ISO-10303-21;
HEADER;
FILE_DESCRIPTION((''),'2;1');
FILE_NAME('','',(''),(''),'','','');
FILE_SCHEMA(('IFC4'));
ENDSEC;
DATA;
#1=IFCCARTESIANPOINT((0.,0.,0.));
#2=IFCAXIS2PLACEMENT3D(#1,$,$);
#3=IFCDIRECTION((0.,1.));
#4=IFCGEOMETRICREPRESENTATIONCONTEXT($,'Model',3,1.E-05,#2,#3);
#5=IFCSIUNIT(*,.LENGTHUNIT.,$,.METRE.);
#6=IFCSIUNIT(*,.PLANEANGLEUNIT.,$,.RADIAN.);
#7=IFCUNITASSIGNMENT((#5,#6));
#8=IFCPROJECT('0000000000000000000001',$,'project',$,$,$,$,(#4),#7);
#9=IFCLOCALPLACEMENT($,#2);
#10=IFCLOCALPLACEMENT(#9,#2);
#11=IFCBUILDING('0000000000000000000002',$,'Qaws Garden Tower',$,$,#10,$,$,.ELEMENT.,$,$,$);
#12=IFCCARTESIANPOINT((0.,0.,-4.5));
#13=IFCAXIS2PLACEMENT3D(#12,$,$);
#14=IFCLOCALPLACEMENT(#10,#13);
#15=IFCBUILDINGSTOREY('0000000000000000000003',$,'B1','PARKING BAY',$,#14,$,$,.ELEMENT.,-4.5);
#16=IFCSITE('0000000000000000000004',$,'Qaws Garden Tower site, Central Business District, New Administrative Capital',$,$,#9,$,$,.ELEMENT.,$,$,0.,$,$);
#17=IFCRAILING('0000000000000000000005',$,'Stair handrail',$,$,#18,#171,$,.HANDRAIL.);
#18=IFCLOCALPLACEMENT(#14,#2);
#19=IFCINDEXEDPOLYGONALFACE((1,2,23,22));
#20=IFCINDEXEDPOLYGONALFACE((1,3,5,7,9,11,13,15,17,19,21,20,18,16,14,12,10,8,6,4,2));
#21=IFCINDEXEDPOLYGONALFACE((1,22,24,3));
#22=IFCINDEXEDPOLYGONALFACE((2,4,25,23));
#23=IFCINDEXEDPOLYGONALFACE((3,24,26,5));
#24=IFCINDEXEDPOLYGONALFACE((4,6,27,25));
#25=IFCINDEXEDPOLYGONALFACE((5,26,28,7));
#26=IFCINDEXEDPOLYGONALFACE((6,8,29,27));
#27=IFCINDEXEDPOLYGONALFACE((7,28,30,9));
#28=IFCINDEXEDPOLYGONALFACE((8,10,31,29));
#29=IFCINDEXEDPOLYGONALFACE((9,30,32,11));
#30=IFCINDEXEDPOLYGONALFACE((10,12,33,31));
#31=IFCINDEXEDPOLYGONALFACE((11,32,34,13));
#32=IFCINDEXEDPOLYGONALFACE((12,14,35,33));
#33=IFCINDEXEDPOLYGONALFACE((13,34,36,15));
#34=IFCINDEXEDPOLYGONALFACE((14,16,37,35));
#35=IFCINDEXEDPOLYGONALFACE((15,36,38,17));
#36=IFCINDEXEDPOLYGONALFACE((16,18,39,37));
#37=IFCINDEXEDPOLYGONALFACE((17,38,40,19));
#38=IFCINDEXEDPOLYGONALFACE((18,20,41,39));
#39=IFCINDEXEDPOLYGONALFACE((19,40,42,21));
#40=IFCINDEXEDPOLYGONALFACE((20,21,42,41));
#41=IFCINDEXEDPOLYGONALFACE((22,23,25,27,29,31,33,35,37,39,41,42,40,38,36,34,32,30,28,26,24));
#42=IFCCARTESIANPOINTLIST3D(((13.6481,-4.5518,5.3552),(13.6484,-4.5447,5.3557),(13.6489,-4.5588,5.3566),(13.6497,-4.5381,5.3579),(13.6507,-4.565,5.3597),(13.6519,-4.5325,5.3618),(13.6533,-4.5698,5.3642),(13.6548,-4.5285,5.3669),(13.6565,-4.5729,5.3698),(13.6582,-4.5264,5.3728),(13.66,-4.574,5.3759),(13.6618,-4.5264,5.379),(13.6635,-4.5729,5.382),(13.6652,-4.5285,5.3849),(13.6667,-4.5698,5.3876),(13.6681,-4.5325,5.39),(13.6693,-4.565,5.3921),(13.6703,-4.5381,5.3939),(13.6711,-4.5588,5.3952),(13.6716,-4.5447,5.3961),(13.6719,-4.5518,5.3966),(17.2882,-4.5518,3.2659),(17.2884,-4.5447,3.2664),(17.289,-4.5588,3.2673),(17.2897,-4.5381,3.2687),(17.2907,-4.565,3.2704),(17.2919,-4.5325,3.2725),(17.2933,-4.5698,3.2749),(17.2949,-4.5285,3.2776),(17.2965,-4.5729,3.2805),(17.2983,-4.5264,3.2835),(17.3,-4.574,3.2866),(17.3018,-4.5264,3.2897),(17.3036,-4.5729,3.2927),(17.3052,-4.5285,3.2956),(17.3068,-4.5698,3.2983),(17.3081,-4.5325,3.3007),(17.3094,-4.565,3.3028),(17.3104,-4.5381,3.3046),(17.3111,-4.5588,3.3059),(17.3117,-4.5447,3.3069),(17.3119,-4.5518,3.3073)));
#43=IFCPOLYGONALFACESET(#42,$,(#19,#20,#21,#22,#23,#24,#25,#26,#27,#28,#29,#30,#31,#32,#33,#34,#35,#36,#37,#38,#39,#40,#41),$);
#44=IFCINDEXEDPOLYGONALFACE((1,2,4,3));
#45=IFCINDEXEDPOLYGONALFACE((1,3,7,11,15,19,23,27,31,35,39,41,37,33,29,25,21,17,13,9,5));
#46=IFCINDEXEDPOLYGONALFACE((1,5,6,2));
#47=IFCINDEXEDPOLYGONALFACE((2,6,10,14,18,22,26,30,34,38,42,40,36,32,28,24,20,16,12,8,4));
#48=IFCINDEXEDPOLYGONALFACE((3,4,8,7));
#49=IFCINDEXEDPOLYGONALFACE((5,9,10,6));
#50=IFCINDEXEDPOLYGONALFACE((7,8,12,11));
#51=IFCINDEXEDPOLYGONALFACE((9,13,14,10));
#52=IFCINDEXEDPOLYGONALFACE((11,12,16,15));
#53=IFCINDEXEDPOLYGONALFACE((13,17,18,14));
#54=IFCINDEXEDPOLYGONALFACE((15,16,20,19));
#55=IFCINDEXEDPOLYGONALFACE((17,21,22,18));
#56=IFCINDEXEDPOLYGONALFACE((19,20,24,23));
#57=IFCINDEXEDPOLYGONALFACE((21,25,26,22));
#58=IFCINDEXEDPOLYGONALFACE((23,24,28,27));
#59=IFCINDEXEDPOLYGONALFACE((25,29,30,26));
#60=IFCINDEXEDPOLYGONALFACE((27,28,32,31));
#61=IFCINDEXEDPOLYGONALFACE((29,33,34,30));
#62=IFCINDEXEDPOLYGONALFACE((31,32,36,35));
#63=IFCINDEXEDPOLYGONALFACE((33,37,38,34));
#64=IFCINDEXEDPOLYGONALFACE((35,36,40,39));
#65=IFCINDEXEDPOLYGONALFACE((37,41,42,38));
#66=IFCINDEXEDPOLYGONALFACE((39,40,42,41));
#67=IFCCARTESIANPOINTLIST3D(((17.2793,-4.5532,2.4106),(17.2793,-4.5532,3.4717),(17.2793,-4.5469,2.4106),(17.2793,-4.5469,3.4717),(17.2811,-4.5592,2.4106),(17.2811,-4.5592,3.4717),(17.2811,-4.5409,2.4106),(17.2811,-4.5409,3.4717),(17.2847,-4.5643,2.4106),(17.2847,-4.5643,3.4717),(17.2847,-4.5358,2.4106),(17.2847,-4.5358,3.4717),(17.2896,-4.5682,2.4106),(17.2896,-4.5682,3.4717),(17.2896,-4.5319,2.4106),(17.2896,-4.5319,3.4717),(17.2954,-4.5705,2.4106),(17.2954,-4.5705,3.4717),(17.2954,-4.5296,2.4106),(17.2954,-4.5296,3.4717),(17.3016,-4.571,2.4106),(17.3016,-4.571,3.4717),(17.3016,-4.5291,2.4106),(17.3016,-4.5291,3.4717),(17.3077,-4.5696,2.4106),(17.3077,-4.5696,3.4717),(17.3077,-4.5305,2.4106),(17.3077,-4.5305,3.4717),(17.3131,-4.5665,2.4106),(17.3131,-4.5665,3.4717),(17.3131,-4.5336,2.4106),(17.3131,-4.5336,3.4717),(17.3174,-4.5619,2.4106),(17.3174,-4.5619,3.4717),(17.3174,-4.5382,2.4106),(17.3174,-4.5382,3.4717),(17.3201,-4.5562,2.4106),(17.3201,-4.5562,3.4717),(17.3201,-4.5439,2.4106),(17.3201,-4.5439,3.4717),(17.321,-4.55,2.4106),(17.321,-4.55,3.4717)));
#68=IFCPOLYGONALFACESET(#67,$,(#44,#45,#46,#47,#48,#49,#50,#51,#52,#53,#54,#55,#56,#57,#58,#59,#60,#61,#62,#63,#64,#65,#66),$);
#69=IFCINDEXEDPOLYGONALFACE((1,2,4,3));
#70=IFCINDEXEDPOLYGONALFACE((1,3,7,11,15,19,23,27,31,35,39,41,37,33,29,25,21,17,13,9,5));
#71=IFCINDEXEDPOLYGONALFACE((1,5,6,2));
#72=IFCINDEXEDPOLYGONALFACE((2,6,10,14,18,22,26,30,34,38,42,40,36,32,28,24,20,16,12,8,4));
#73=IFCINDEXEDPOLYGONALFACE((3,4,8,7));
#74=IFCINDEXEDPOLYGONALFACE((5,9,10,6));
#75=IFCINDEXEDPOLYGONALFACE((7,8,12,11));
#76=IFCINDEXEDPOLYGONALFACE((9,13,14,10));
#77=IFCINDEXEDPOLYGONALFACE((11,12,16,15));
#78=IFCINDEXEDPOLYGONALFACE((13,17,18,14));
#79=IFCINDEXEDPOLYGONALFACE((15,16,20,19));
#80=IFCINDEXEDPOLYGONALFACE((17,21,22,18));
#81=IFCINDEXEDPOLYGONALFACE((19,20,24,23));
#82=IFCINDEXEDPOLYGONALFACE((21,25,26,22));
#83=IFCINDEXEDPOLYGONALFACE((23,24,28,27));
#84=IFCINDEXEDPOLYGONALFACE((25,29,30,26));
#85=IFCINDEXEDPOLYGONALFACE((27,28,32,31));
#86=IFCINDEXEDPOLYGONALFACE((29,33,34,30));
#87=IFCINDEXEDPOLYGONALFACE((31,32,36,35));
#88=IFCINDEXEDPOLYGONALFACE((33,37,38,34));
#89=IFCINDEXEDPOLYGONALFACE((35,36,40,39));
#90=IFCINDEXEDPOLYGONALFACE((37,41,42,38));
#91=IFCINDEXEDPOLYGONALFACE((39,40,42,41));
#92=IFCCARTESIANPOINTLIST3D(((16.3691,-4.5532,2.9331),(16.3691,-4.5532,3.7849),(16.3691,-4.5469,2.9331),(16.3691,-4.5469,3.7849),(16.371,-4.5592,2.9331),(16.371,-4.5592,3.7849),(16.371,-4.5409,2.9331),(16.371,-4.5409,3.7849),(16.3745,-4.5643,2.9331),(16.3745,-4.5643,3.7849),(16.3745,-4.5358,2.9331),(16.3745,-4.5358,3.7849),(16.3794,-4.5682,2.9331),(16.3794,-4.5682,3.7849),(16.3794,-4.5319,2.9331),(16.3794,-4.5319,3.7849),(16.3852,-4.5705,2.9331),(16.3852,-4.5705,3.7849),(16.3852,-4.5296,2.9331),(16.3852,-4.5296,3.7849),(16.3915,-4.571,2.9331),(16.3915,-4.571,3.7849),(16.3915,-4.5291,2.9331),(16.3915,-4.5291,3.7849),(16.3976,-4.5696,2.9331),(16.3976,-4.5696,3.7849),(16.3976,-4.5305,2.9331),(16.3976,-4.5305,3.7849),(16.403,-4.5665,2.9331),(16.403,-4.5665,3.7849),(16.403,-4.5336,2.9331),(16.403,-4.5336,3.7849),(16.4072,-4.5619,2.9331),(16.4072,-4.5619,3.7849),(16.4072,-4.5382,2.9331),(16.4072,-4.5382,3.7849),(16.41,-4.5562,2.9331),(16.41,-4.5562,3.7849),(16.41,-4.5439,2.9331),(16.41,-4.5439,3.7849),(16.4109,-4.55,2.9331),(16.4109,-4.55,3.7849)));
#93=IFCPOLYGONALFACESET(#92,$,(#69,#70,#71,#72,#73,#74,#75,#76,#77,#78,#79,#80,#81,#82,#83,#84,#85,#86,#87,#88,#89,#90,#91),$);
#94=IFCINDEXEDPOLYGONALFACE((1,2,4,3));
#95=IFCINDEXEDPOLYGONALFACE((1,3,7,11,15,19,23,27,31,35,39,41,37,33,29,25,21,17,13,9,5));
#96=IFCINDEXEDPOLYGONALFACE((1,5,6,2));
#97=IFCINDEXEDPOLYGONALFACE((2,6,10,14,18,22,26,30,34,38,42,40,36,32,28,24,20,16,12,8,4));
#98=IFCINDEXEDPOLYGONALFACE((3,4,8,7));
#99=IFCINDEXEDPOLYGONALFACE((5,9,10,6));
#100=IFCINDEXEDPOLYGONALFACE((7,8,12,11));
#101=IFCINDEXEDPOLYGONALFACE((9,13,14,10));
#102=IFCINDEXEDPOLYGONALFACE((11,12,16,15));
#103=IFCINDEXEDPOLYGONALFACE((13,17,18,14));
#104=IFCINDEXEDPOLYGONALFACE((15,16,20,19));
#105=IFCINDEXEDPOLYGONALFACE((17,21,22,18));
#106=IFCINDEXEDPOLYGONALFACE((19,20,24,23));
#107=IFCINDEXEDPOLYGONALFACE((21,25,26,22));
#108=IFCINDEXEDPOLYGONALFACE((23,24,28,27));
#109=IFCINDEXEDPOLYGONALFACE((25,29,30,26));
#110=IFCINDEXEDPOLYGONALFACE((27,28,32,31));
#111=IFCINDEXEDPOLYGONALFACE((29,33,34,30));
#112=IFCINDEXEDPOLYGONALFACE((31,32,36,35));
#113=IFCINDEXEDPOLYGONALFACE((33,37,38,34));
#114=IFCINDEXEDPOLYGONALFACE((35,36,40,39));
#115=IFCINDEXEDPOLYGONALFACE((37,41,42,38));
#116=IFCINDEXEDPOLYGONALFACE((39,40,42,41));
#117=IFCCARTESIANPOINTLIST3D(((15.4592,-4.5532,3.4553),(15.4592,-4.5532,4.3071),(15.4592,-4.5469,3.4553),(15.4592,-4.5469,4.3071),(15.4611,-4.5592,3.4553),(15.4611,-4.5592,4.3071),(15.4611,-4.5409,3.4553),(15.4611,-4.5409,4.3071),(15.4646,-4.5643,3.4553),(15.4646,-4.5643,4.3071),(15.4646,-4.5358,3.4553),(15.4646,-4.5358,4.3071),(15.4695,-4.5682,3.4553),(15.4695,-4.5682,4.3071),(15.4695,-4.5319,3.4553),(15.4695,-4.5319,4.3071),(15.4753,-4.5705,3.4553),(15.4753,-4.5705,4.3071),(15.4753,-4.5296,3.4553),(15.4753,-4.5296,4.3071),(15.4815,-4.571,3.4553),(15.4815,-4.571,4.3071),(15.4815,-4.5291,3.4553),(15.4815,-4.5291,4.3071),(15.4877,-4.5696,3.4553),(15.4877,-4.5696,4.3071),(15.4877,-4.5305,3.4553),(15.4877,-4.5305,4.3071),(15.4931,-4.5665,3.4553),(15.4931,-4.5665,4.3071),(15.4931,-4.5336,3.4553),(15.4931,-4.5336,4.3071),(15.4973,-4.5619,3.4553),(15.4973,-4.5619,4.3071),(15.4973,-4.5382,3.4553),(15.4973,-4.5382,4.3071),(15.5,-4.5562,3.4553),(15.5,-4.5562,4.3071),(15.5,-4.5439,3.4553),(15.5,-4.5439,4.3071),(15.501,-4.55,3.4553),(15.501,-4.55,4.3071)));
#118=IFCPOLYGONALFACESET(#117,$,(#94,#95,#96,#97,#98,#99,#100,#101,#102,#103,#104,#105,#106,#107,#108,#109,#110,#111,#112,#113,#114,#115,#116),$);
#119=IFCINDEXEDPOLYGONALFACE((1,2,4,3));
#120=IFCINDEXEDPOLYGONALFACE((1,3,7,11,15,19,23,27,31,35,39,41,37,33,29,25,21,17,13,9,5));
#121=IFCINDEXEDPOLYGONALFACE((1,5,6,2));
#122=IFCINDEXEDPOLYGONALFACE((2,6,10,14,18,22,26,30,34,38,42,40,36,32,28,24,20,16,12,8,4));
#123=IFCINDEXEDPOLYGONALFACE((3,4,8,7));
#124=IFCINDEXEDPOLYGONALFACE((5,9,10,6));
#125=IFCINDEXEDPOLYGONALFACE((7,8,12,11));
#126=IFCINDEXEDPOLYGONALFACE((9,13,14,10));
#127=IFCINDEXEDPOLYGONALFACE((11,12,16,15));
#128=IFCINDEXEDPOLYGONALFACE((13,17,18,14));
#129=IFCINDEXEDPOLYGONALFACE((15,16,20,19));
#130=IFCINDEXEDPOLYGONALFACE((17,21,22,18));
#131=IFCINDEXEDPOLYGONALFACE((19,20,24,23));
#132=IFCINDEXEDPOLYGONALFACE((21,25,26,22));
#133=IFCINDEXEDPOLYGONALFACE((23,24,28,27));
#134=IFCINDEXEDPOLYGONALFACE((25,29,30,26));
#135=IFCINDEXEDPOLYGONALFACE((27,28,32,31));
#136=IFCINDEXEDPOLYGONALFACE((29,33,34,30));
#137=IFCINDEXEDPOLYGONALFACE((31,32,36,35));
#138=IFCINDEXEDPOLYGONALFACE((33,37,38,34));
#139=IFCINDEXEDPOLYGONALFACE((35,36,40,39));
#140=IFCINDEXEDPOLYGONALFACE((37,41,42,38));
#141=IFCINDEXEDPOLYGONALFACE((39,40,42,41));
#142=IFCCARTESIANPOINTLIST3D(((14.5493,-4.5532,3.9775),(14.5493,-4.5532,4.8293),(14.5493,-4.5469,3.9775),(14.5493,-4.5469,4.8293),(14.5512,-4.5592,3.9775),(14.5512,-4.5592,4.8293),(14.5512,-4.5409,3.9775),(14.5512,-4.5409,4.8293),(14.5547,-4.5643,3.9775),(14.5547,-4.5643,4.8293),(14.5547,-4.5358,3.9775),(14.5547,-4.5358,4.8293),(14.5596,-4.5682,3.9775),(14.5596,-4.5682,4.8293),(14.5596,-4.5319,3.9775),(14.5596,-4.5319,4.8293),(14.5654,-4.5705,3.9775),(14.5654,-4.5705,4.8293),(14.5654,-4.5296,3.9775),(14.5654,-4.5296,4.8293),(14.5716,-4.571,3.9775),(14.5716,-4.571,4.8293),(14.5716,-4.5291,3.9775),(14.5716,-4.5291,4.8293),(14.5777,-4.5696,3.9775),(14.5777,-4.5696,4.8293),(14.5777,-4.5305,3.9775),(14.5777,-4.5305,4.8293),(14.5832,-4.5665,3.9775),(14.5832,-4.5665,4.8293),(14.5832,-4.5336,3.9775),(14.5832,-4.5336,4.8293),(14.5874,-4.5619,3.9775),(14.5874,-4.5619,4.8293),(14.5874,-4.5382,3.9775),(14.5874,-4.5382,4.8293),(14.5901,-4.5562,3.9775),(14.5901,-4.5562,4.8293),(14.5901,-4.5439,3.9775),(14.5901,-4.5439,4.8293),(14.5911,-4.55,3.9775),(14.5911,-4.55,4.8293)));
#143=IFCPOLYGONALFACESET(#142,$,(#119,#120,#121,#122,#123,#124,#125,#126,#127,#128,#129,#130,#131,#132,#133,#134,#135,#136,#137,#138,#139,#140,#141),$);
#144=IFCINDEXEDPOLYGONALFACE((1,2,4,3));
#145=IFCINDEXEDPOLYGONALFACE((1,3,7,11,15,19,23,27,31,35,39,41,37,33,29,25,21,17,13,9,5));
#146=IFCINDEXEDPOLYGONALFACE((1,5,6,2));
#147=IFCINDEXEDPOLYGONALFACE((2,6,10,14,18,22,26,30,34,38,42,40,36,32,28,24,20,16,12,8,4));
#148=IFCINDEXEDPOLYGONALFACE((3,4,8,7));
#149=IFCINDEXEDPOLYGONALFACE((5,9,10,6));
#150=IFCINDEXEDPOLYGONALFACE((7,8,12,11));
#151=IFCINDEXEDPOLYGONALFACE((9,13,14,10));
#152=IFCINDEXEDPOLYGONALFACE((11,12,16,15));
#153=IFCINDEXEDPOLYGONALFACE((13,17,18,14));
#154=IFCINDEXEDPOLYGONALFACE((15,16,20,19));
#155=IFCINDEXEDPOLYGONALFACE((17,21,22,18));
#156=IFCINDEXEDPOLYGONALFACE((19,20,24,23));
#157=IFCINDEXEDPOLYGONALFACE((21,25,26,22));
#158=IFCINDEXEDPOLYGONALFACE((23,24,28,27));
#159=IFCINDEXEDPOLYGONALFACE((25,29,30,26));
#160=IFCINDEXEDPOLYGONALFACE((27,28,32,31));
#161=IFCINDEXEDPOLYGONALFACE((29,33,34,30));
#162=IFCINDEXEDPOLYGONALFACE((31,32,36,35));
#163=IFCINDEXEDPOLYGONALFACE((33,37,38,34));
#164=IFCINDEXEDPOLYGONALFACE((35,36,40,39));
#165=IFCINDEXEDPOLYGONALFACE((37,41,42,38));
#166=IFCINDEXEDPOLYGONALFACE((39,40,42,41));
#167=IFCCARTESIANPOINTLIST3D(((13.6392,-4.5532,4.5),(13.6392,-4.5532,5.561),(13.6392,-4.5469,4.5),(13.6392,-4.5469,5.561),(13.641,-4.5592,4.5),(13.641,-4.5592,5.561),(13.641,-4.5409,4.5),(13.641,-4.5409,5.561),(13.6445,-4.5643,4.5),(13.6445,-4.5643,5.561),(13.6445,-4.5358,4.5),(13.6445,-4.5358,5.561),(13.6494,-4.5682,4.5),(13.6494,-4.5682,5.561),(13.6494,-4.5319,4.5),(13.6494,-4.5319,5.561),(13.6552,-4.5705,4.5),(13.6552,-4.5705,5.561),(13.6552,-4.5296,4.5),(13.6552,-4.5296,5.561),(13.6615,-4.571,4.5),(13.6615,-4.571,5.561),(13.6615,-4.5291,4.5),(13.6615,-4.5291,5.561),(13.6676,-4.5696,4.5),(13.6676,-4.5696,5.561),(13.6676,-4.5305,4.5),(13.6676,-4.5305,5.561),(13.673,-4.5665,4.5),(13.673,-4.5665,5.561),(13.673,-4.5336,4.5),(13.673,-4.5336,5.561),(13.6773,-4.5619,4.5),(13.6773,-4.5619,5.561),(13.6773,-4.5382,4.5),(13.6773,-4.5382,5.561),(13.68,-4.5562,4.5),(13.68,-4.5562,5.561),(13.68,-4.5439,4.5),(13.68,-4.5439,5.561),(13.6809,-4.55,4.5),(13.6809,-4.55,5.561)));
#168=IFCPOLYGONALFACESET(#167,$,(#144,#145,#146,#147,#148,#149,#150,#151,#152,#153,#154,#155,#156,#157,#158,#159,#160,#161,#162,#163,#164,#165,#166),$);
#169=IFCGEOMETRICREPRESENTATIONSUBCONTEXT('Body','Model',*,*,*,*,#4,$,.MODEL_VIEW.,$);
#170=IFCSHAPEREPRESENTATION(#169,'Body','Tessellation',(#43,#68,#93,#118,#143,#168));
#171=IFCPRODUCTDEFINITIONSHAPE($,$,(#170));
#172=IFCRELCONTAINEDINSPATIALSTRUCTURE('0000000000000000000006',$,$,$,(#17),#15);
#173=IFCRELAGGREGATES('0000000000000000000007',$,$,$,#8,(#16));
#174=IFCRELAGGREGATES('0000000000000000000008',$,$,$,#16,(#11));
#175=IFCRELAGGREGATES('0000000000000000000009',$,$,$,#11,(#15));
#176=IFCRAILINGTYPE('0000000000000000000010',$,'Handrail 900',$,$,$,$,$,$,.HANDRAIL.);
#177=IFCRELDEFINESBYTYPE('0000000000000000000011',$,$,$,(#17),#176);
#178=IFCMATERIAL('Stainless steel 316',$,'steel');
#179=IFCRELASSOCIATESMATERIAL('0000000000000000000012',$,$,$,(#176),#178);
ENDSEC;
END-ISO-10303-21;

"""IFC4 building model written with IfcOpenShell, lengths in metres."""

from ifc_helpers import new_model, si_unit, direction, frame, origin, origin_2d, place, context, subcontext, project, spatial, circle, extrude, material, type_object, element, save


model = new_model("IFC4")

# Units and contexts
model_context = context("Model", 3, precision=1e-05, world=origin(), true_north=direction((0.0, 1.0)))
body_context = subcontext(model_context, "Body", "Model", "MODEL_VIEW")
ifc_project = project(units=[si_unit("LENGTHUNIT", "METRE"), si_unit("PLANEANGLEUNIT", "RADIAN")], contexts=[model_context])

# Site, building, storey
site_placement = place(None, origin())
site = spatial("IfcSite", under=ifc_project, at=site_placement, Name="Qaws Garden Tower site, Central Business District, New Administrative Capital", CompositionType="ELEMENT", RefElevation=0.0)
building_placement = place(site_placement, origin())
building = spatial("IfcBuilding", under=site, at=building_placement, Name="Qaws Garden Tower", CompositionType="ELEMENT")
storey_placement = place(building_placement, frame((0.0, 0.0, -4.5)))
storey = spatial("IfcBuildingStorey", under=building, at=storey_placement, Name="B1", Description="PARKING BAY", CompositionType="ELEMENT", Elevation=-4.5)

# Railing
ifc_material_1 = material(Name="Stainless steel 316", Category="steel")
railing_type_1 = type_object("IfcRailingType", Name="Handrail 900", PredefinedType="HANDRAIL", material=ifc_material_1)
for number, where, name in (
    (1, (17.3, -4.55, 2.4106), "Stair handrail"),
):
    element("IfcRailing", number, at=place(storey_placement, frame(where)), inside=storey, type_object=railing_type_1, Name=name, PredefinedType="HANDRAIL", context=body_context, shape_type="SweptSolid", body=[
        extrude(circle(Radius=0.0239, at=origin_2d()), frame((0.0, 0.0, 0.876), z_axis=(-0.867289, 0.0, 0.497804), x_axis=(0.0, -1.0, 0.0)), (0.0, 0.0, 1.0), 4.197),
        extrude(circle(Radius=0.021, at=origin_2d()), origin(), (0.0, 0.0, 1.0), 1.061),
        extrude(circle(Radius=0.021, at=origin_2d()), frame((-0.9102, 0.0, 0.5225)), (0.0, 0.0, 1.0), 0.8518),
        extrude(circle(Radius=0.021, at=origin_2d()), frame((-1.8201, 0.0, 1.0447)), (0.0, 0.0, 1.0), 0.8518),
        extrude(circle(Radius=0.021, at=origin_2d()), frame((-2.73, 0.0, 1.5669)), (0.0, 0.0, 1.0), 0.8518),
        extrude(circle(Radius=0.021, at=origin_2d()), frame((-3.6401, 0.0, 2.0894)), (0.0, 0.0, 1.0), 1.061),
    ])

save(model, "model.ifc")
